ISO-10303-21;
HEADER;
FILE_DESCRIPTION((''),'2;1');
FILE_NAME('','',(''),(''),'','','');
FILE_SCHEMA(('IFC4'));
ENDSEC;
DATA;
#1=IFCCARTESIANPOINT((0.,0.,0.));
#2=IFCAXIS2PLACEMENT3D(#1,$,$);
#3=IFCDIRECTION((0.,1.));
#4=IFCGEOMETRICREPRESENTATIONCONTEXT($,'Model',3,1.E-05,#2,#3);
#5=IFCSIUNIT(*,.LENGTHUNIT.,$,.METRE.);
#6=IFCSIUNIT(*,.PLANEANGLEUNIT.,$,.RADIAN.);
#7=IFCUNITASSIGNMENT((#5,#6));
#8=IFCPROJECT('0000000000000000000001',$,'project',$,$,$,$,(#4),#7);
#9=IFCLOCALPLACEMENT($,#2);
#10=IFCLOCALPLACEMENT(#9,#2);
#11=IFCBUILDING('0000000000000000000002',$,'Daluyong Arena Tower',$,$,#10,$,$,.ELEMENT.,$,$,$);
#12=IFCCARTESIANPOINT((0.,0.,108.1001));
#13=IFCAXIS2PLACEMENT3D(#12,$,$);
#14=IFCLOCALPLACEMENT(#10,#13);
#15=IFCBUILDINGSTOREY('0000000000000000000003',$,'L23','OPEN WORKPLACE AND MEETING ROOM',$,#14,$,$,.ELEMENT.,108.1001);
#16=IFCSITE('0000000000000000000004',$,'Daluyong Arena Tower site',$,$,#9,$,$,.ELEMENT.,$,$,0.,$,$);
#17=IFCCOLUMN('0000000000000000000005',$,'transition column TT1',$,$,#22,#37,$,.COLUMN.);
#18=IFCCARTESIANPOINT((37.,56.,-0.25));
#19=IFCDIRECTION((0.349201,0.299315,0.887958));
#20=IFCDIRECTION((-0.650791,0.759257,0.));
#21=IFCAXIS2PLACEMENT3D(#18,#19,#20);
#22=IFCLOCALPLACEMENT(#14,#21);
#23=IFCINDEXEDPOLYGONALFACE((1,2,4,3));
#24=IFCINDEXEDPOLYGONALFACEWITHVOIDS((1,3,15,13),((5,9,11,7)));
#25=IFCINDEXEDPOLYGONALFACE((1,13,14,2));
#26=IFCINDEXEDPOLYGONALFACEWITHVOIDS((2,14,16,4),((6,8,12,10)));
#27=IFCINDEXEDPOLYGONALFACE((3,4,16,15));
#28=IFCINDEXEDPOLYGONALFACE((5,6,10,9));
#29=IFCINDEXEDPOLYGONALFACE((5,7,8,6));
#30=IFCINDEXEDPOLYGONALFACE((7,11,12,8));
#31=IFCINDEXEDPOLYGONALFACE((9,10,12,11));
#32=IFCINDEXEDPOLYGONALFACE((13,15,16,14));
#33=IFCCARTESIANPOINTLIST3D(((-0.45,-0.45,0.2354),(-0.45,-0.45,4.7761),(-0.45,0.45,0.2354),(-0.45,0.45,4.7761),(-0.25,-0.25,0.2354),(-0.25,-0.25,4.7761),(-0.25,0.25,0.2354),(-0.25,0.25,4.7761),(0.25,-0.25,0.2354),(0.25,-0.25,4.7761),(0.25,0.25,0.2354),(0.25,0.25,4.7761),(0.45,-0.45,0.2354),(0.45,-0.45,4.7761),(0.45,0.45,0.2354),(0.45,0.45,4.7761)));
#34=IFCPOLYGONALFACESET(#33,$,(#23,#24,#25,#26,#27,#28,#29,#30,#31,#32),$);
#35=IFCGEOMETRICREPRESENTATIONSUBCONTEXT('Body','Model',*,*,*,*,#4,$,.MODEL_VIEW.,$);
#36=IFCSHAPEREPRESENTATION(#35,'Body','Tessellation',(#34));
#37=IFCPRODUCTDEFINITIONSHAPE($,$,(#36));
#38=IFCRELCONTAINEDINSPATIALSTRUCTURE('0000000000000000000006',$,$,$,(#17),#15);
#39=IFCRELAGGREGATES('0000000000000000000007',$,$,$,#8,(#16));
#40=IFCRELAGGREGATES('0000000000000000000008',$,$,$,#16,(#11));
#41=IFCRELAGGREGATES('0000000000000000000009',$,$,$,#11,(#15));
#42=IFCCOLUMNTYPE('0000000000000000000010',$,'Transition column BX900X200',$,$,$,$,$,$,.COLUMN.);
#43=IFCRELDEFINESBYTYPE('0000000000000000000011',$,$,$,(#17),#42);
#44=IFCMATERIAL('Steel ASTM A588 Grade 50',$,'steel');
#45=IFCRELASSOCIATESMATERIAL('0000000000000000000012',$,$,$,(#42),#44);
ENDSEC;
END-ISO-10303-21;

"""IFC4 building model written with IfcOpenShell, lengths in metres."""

from ifc_helpers import new_model, si_unit, direction, frame, origin, origin_2d, place, context, subcontext, project, spatial, hollow_rectangle, extrude, clip, halfspace, material, material_profile, profile_set, type_object, element, save


model = new_model("IFC4")

# Units and contexts
model_context = context("Model", 3, precision=1e-05, world=origin(), true_north=direction((0.0, 1.0)))
body_context = subcontext(model_context, "Body", "Model", "MODEL_VIEW")
ifc_project = project(units=[si_unit("LENGTHUNIT", "METRE"), si_unit("PLANEANGLEUNIT", "RADIAN")], contexts=[model_context])

# Site, building, storey
site_placement = place(None, origin())
site = spatial("IfcSite", under=ifc_project, at=site_placement, Name="Daluyong Arena Tower site", CompositionType="ELEMENT", RefElevation=0.0)
building_placement = place(site_placement, origin())
building = spatial("IfcBuilding", under=site, at=building_placement, Name="Daluyong Arena Tower", CompositionType="ELEMENT")
storey_placement = place(building_placement, frame((0.0, 0.0, 108.1001)))
storey = spatial("IfcBuildingStorey", under=building, at=storey_placement, Name="L23", Description="OPEN WORKPLACE AND MEETING ROOM", CompositionType="ELEMENT", Elevation=108.1001)

# Column
ifc_material_1 = material(Name="Steel ASTM A588 Grade 50", Category="steel")
ifc_material_profile_1 = material_profile(ifc_material_1, hollow_rectangle(XDim=0.8999, YDim=0.8999, WallThickness=0.2, at=origin_2d()))
ifc_profile_set_1 = profile_set([ifc_material_profile_1], Name="Steel ASTM A588 Grade 50")
column_type = type_object("IfcColumnType", Name="Transition column BX900X200", PredefinedType="COLUMN", material=ifc_profile_set_1)
column_placement = place(storey_placement, frame((37.0, 56.0, -0.25), z_axis=(0.349201, 0.299315, 0.887958), x_axis=(-0.650791, 0.759257, 0.0)))
element("IfcColumn", 1, at=column_placement, inside=storey, type_object=column_type, Name="transition column TT1", PredefinedType="COLUMN", context=body_context, shape_type="Clipping", body=[
    clip(clip(extrude(hollow_rectangle(XDim=0.8999, YDim=0.8999, WallThickness=0.2, at=origin_2d()), origin(), (0.0, 0.0, 1.0), 5.0115), halfspace(frame((0.0, 0.0, 0.2354), z_axis=(0.0, 0.0, 1.0), x_axis=(1.0, 0.0, 0.0)), True)), halfspace(frame((0.0, 0.0, 4.7761), z_axis=(0.0, 0.0, -1.0), x_axis=(1.0, 0.0, 0.0)), True)),
])

save(model, "model.ifc")
